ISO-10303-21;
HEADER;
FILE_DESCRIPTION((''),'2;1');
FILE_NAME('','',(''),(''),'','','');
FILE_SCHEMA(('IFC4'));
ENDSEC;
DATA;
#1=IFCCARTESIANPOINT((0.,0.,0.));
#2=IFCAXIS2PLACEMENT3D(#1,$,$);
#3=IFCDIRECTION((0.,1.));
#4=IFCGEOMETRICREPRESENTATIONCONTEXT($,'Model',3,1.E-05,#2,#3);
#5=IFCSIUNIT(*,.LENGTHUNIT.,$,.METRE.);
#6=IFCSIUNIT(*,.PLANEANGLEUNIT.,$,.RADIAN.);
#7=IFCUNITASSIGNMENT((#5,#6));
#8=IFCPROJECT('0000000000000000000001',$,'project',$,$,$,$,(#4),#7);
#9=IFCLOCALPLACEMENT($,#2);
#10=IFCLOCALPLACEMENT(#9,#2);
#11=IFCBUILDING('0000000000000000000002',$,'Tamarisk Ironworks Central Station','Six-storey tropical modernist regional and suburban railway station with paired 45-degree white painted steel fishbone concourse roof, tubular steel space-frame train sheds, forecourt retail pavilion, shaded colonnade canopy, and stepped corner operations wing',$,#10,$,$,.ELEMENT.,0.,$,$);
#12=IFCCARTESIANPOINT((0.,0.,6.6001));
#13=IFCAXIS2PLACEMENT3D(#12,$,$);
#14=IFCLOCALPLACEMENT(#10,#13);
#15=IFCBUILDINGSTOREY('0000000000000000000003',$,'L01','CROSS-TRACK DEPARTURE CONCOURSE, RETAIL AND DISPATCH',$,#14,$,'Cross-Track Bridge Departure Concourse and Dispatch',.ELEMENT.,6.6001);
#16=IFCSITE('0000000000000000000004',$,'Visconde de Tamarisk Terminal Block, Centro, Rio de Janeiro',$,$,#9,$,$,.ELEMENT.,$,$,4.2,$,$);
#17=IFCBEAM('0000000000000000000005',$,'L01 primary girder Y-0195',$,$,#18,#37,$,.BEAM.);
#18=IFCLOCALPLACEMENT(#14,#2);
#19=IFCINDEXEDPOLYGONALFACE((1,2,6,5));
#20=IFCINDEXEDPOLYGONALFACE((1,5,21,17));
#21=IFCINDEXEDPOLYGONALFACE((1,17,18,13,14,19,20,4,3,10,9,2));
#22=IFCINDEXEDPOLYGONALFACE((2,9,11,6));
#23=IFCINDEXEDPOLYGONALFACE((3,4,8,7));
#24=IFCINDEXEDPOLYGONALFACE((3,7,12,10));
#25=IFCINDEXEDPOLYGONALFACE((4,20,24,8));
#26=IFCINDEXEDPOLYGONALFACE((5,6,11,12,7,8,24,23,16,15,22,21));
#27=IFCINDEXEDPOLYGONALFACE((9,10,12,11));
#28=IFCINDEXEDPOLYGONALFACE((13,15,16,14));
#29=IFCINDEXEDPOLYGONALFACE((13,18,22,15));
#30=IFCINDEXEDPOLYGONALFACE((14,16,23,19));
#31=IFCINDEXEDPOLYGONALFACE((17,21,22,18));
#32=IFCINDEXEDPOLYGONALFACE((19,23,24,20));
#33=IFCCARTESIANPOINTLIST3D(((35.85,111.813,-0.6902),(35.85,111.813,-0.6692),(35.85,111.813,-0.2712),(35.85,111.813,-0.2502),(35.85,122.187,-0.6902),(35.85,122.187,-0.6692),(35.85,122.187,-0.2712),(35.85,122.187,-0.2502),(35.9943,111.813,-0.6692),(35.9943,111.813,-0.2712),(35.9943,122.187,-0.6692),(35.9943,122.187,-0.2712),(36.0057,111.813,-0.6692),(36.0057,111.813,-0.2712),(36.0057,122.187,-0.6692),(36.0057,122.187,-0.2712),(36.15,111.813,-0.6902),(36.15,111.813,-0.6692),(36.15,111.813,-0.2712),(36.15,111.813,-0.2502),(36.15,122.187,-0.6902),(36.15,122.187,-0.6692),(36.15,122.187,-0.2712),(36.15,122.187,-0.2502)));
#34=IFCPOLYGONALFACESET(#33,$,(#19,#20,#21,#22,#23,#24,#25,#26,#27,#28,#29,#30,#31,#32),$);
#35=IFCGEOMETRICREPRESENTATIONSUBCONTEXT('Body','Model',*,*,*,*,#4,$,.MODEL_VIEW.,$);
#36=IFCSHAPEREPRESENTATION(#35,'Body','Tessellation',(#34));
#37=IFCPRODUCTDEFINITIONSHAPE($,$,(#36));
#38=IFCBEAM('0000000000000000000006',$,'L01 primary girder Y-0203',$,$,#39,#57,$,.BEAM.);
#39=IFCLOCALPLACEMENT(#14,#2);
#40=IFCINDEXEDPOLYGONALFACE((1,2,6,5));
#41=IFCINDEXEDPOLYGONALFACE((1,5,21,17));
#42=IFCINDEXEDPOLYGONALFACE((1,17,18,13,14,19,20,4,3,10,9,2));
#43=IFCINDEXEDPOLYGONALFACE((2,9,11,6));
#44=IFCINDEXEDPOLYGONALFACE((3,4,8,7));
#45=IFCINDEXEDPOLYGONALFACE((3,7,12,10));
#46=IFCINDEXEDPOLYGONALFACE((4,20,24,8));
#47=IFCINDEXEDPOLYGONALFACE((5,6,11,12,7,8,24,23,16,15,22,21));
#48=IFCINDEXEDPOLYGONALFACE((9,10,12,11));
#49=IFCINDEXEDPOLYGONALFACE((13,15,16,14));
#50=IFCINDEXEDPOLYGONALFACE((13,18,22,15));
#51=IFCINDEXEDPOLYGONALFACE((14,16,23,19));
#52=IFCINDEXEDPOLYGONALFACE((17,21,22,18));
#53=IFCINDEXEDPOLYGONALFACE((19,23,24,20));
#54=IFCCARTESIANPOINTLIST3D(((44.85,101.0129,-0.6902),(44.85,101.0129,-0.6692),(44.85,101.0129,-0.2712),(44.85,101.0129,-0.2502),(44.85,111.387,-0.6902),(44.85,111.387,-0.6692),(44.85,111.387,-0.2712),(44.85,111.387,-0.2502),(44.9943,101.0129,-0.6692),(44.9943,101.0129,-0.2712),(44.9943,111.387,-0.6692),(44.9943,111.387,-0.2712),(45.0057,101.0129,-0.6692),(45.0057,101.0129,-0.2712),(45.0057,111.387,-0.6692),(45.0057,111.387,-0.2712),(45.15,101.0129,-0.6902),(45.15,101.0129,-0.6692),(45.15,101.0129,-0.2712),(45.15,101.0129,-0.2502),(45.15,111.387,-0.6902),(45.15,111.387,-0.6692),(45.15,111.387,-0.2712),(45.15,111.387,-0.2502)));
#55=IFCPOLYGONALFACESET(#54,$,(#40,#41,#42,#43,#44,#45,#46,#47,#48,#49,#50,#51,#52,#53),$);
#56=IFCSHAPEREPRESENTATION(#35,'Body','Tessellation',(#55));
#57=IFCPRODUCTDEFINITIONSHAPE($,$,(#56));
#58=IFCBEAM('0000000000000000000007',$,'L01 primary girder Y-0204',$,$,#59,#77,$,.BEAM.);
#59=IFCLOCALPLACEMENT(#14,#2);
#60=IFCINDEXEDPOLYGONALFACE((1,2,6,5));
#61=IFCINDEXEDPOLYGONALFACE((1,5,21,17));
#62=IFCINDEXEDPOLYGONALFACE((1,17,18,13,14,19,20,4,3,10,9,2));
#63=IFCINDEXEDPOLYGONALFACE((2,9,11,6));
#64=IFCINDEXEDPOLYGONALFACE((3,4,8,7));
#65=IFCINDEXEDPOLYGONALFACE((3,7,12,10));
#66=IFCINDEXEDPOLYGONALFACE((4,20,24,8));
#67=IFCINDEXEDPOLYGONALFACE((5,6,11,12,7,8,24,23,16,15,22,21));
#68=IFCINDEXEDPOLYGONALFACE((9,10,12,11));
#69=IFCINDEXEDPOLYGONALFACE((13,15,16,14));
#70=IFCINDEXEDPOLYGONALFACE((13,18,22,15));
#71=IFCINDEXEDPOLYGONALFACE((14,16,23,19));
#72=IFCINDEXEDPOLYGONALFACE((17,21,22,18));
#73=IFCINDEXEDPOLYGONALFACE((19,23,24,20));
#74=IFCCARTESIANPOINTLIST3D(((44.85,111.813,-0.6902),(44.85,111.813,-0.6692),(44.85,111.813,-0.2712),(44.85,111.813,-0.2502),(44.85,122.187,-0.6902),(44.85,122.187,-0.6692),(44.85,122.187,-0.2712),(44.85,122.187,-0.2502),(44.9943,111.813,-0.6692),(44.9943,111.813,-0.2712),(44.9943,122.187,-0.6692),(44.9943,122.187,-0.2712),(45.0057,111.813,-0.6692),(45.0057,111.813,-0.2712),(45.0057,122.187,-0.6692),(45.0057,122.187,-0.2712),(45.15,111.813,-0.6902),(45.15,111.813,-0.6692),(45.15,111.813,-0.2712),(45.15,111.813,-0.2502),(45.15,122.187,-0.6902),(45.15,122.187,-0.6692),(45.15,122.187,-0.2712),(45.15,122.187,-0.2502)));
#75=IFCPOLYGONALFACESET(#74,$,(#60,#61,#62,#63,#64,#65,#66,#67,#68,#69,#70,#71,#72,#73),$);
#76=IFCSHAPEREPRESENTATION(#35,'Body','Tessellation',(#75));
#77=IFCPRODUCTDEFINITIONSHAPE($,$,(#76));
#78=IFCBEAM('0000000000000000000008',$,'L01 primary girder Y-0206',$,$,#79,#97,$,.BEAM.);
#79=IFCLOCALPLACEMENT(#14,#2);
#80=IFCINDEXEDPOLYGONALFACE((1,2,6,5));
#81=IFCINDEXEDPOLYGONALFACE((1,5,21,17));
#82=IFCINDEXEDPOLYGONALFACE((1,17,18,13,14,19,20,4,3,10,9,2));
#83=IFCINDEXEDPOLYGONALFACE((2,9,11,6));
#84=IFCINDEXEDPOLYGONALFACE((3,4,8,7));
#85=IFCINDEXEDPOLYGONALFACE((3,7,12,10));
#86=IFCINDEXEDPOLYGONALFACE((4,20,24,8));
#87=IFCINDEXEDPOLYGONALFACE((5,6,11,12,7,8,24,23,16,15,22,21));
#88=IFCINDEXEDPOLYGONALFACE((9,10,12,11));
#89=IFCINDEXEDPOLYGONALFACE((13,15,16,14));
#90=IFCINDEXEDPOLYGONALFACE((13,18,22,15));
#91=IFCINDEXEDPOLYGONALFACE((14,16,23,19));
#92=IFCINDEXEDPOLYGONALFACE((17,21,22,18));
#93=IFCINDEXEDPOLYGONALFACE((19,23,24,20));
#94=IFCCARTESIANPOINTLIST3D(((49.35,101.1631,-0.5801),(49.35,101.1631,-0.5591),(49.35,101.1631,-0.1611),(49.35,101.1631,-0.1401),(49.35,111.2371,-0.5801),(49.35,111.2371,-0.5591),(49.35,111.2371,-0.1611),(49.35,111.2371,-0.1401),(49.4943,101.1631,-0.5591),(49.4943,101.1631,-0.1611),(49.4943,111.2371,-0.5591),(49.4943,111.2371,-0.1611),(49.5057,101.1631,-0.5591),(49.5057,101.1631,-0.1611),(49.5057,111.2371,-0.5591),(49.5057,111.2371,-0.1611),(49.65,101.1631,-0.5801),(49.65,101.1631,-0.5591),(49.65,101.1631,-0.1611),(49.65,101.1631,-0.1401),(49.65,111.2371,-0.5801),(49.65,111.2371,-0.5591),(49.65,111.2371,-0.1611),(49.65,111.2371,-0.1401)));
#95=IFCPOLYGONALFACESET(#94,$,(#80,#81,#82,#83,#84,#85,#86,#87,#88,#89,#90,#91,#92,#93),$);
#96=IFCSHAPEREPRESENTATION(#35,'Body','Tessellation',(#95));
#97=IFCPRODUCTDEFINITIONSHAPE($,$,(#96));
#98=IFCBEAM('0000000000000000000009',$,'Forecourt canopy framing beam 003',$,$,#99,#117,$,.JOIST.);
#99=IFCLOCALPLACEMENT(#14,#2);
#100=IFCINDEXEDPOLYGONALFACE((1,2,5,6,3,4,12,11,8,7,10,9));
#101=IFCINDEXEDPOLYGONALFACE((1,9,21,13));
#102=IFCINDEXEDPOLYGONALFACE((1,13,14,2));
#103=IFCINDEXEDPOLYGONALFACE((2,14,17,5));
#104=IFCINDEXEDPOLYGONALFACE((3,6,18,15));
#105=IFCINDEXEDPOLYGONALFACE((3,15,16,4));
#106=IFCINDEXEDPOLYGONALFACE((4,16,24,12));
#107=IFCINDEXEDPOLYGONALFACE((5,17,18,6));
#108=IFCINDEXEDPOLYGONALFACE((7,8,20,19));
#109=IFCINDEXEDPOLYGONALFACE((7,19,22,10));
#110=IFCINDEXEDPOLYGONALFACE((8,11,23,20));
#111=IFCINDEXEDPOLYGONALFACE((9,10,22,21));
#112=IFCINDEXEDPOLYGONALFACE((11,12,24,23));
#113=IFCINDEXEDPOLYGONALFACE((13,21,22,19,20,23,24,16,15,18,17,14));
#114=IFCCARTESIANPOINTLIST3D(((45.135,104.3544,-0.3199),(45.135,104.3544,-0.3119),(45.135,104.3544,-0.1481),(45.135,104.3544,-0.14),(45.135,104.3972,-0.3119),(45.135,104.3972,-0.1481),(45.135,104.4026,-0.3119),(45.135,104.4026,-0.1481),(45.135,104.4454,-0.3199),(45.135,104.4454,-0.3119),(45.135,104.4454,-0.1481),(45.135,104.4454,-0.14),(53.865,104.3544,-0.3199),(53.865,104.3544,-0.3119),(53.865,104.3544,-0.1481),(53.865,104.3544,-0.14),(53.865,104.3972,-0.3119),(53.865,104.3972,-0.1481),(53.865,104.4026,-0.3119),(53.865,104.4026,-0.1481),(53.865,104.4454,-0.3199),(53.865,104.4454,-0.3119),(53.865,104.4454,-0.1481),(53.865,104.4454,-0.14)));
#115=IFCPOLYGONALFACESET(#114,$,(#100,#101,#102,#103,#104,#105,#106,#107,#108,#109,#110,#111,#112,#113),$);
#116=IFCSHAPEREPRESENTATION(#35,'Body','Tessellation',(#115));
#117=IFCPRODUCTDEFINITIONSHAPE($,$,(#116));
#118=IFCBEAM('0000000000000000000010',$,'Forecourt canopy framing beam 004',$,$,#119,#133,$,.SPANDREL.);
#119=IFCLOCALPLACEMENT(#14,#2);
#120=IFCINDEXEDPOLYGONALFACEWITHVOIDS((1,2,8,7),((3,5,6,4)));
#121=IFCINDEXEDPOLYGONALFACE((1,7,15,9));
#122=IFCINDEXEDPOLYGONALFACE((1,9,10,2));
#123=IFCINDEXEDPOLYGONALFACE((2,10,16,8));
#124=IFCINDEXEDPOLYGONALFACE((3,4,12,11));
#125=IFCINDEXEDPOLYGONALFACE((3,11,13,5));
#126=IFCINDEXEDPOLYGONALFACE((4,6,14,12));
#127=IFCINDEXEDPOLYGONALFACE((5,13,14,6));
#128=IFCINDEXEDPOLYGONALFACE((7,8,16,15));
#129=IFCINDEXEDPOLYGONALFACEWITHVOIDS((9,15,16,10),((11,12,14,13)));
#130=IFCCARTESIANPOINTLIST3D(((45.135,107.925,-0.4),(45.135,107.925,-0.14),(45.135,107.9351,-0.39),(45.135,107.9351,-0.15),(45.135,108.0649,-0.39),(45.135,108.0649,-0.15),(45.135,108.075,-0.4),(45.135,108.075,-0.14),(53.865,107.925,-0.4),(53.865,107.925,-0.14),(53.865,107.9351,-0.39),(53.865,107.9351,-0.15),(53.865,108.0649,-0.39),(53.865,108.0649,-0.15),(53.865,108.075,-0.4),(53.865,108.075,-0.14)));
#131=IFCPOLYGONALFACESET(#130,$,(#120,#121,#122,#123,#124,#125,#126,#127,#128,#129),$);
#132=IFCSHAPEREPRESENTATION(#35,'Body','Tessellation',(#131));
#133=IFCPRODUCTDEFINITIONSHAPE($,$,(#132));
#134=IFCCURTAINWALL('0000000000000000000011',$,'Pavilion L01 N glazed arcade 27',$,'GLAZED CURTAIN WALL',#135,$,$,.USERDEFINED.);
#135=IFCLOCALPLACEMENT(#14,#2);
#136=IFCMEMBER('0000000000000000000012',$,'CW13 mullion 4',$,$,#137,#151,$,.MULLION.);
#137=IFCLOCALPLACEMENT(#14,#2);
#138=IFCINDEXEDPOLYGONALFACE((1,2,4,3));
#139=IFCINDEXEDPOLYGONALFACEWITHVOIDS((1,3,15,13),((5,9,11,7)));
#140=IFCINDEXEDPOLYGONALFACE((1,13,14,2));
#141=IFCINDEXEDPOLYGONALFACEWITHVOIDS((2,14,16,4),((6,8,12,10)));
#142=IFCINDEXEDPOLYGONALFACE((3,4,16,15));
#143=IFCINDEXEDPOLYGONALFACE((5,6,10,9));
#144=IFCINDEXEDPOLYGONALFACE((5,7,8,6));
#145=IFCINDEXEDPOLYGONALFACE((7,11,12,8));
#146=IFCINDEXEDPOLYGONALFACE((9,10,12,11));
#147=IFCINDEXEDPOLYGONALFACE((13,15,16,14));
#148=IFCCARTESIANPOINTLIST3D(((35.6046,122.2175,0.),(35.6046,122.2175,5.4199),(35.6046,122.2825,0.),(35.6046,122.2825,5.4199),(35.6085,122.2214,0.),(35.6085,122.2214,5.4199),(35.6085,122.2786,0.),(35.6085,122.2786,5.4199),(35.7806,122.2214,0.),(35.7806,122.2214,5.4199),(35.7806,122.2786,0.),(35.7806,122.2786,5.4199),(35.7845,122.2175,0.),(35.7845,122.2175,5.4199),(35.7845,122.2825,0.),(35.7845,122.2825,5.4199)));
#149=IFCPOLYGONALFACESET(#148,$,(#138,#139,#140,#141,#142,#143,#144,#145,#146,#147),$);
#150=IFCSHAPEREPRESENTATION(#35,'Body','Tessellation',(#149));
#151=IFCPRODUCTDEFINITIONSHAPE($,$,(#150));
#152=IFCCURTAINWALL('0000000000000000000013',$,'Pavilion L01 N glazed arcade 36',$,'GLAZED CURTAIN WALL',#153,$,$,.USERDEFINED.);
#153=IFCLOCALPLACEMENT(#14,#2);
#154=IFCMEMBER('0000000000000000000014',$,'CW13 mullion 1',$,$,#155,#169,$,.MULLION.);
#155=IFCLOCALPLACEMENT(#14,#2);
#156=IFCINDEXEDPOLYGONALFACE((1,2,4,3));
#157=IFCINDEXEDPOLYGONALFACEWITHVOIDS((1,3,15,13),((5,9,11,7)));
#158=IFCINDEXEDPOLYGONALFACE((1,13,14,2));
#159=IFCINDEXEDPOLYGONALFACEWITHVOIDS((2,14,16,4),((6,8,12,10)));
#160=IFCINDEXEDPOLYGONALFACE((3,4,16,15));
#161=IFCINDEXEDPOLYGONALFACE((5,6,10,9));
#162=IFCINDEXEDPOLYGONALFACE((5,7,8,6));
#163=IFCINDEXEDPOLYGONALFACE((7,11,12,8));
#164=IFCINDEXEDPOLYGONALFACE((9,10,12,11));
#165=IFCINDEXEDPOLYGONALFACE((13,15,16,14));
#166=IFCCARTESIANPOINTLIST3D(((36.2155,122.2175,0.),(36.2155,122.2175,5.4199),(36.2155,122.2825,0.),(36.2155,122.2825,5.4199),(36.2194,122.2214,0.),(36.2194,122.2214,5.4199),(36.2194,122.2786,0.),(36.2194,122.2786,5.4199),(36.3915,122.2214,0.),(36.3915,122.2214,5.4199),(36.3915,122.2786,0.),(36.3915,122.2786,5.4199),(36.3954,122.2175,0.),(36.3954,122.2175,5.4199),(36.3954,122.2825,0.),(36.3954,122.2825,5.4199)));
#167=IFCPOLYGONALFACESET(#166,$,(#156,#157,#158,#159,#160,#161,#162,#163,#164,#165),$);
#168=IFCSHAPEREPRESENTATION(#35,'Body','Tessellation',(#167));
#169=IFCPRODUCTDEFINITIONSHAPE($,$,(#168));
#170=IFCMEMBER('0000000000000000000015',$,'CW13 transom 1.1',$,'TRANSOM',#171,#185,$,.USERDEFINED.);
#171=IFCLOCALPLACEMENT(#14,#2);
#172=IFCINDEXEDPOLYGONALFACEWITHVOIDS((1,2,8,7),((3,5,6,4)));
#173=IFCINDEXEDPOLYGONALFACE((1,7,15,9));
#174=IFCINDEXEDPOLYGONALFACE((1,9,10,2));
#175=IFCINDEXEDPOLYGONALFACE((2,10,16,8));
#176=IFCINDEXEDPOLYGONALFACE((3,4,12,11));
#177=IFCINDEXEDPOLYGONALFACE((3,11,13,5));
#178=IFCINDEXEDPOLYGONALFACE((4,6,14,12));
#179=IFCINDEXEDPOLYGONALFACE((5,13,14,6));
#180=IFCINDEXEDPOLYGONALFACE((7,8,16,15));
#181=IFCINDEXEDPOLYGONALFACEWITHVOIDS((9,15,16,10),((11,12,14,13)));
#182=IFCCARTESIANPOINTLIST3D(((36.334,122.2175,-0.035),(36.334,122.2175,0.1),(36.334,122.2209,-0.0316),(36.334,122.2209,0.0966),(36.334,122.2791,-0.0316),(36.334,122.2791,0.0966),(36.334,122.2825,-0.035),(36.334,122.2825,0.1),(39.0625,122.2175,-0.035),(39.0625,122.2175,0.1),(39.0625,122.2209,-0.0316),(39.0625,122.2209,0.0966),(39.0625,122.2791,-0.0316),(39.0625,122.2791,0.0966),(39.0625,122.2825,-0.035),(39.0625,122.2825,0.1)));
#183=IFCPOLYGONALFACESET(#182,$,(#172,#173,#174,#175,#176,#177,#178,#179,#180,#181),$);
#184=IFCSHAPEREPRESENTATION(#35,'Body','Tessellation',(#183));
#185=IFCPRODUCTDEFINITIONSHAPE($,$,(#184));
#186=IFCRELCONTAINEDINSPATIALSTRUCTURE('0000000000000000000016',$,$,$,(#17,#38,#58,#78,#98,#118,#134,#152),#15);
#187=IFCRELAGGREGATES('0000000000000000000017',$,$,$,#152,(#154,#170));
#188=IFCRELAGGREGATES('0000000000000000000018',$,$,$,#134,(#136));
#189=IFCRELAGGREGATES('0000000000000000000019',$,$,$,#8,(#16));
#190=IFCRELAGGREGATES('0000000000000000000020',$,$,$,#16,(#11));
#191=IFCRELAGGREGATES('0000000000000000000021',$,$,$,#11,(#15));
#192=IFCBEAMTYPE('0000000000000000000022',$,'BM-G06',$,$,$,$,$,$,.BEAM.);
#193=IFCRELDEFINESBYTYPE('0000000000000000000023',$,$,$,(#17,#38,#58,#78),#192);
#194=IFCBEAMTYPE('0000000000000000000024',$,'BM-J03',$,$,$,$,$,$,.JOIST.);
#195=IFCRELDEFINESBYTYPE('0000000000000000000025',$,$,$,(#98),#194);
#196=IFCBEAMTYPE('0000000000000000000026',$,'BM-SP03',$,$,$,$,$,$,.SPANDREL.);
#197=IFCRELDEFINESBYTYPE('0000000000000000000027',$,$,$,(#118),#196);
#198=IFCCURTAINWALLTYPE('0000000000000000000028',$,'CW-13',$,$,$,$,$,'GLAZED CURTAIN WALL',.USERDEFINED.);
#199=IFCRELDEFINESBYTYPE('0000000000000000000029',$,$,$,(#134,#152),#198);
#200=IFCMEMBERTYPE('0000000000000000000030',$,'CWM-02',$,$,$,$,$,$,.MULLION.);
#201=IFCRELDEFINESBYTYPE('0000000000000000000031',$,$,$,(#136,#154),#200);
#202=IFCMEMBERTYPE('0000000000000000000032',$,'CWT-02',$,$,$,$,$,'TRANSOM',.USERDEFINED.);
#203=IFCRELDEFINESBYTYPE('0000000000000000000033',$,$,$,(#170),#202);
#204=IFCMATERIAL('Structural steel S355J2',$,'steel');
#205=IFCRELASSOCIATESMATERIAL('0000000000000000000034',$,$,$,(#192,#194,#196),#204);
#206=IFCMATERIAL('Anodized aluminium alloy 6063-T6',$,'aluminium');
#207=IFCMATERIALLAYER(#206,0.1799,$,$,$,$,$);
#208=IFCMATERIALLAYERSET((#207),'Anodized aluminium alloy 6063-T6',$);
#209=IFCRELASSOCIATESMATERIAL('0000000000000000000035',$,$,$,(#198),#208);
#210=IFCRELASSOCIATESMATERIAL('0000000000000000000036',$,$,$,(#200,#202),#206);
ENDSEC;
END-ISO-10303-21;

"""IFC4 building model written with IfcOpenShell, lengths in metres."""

from ifc_helpers import new_model, si_unit, direction, frame, origin, origin_2d, place, context, subcontext, project, spatial, hollow_rectangle, i_section, extrude, material, layer, layer_set, material_profile, profile_set, type_object, element, aggregate, save


model = new_model("IFC4")

# Units and contexts
model_context = context("Model", 3, precision=1e-05, world=origin(), true_north=direction((0.0, 1.0)))
body_context = subcontext(model_context, "Body", "Model", "MODEL_VIEW")
ifc_project = project(units=[si_unit("LENGTHUNIT", "METRE"), si_unit("PLANEANGLEUNIT", "RADIAN")], contexts=[model_context])

# Site, building, storey
site_placement = place(None, origin())
site = spatial("IfcSite", under=ifc_project, at=site_placement, Name="Visconde de Tamarisk Terminal Block, Centro, Rio de Janeiro", CompositionType="ELEMENT", RefElevation=4.2)
building_placement = place(site_placement, origin())
building = spatial("IfcBuilding", under=site, at=building_placement, Name="Tamarisk Ironworks Central Station", Description="Six-storey tropical modernist regional and suburban railway station with paired 45-degree white painted steel fishbone concourse roof, tubular steel space-frame train sheds, forecourt retail pavilion, shaded colonnade canopy, and stepped corner operations wing", CompositionType="ELEMENT", ElevationOfRefHeight=0.0)
storey_placement = place(building_placement, frame((0.0, 0.0, 6.6001)))
storey = spatial("IfcBuildingStorey", under=building, at=storey_placement, Name="L01", Description="CROSS-TRACK DEPARTURE CONCOURSE, RETAIL AND DISPATCH", LongName="Cross-Track Bridge Departure Concourse and Dispatch", CompositionType="ELEMENT", Elevation=6.6001)

# Shared definitions
ifc_material_1 = material(Name="Structural steel S355J2", Category="steel")

# Beams
ifc_material_profile_1 = material_profile(ifc_material_1, i_section(OverallWidth=0.3, OverallDepth=0.4399, WebThickness=0.0115, FlangeThickness=0.021, at=origin_2d()), Name="HEA 450")
ifc_profile_set_1 = profile_set([ifc_material_profile_1], Name="Structural steel S355J2")
beam_type_1 = type_object("IfcBeamType", Name="BM-G06", PredefinedType="BEAM", material=ifc_profile_set_1)
for number, where, z_axis, x_axis, name in (
    (1, (36.0, 111.813, -0.4702), (0.0, 1.0, 0.0), (-1.0, 0.0, 0.0), "L01 primary girder Y-0195"),
    (2, (45.0, 101.0129, -0.4702), (0.0, 1.0, 0.0), (-1.0, 0.0, 0.0), "L01 primary girder Y-0203"),
    (3, (45.0, 111.813, -0.4702), (0.0, 1.0, 0.0), (-1.0, 0.0, 0.0), "L01 primary girder Y-0204"),
):
    element("IfcBeam", number, at=place(storey_placement, frame(where, z_axis=z_axis, x_axis=x_axis)), inside=storey, type_object=beam_type_1, Name=name, PredefinedType="BEAM", context=body_context, shape_type="SweptSolid", body=[
        extrude(i_section(OverallWidth=0.3, OverallDepth=0.4399, WebThickness=0.0115, FlangeThickness=0.021, at=origin_2d()), origin(), (0.0, 0.0, 1.0), 10.374),
    ])
beam_1_placement = place(storey_placement, frame((49.5, 101.1631, -0.3601), z_axis=(0.0, 1.0, 0.0), x_axis=(-1.0, 0.0, 0.0)))
element("IfcBeam", 4, at=beam_1_placement, inside=storey, type_object=beam_type_1, Name="L01 primary girder Y-0206", PredefinedType="BEAM", context=body_context, shape_type="SweptSolid", body=[
    extrude(i_section(OverallWidth=0.3, OverallDepth=0.4399, WebThickness=0.0115, FlangeThickness=0.021, at=origin_2d()), origin(), (0.0, 0.0, 1.0), 10.074),
])
ifc_material_profile_2 = material_profile(ifc_material_1, i_section(OverallWidth=0.0911, OverallDepth=0.1799, WebThickness=0.0054, FlangeThickness=0.0081, at=origin_2d()), Name="IPE 180")
ifc_profile_set_2 = profile_set([ifc_material_profile_2], Name="Structural steel S355J2")
beam_type_2 = type_object("IfcBeamType", Name="BM-J03", PredefinedType="JOIST", material=ifc_profile_set_2)
beam_2_placement = place(storey_placement, frame((45.135, 104.3999, -0.23), z_axis=(1.0, 0.0, 0.0), x_axis=(0.0, 1.0, 0.0)))
element("IfcBeam", 5, at=beam_2_placement, inside=storey, type_object=beam_type_2, Name="Forecourt canopy framing beam 003", PredefinedType="JOIST", context=body_context, shape_type="SweptSolid", body=[
    extrude(i_section(OverallWidth=0.0911, OverallDepth=0.1799, WebThickness=0.0054, FlangeThickness=0.0081, at=origin_2d()), origin(), (0.0, 0.0, 1.0), 8.73),
])
ifc_material_profile_3 = material_profile(ifc_material_1, hollow_rectangle(XDim=0.1499, YDim=0.26, WallThickness=0.01, at=origin_2d()), Name="RHS 260x150x10")
ifc_profile_set_3 = profile_set([ifc_material_profile_3], Name="Structural steel S355J2")
beam_type_3 = type_object("IfcBeamType", Name="BM-SP03", PredefinedType="SPANDREL", material=ifc_profile_set_3)
beam_3_placement = place(storey_placement, frame((45.135, 108.0, -0.27), z_axis=(1.0, 0.0, 0.0), x_axis=(0.0, 1.0, 0.0)))
element("IfcBeam", 6, at=beam_3_placement, inside=storey, type_object=beam_type_3, Name="Forecourt canopy framing beam 004", PredefinedType="SPANDREL", context=body_context, shape_type="SweptSolid", body=[
    extrude(hollow_rectangle(XDim=0.1499, YDim=0.26, WallThickness=0.01, at=origin_2d()), origin(), (0.0, 0.0, 1.0), 8.73),
])

# Curtain wall, member
ifc_material_2 = material(Name="Anodized aluminium alloy 6063-T6", Category="aluminium")
ifc_layer_1 = layer(ifc_material_2, 0.1799)
ifc_layer_set_1 = layer_set([ifc_layer_1], Name="Anodized aluminium alloy 6063-T6")
curtain_wall_type = type_object("IfcCurtainWallType", Name="CW-13", ElementType="GLAZED CURTAIN WALL", PredefinedType="USERDEFINED", material=ifc_layer_set_1)
curtain_wall_1_placement = place(storey_placement, origin())
curtain_wall_1 = element("IfcCurtainWall", 7, at=curtain_wall_1_placement, inside=storey, type_object=curtain_wall_type, Name="Pavilion L01 N glazed arcade 27", ObjectType="GLAZED CURTAIN WALL", PredefinedType="USERDEFINED")
ifc_material_profile_4 = material_profile(ifc_material_2, hollow_rectangle(XDim=0.0649, YDim=0.1799, WallThickness=0.0039, at=origin_2d()), Name="ALUM 180x65")
ifc_profile_set_4 = profile_set([ifc_material_profile_4], Name="Anodized aluminium alloy 6063-T6")
member_type_1 = type_object("IfcMemberType", Name="CWM-02", PredefinedType="MULLION", material=ifc_profile_set_4)
member_1_placement = place(storey_placement, frame((35.6946, 122.25, 0.0), z_axis=(0.0, 0.0, 1.0), x_axis=(0.0, 1.0, 0.0)))
member_1 = element("IfcMember", 8, at=member_1_placement, type_object=member_type_1, Name="CW13 mullion 4", PredefinedType="MULLION", context=body_context, shape_type="SweptSolid", body=[
    extrude(hollow_rectangle(XDim=0.0649, YDim=0.1799, WallThickness=0.0039, at=origin_2d()), origin(), (0.0, 0.0, 1.0), 5.4199),
])

# Curtain wall, members
curtain_wall_2_placement = place(storey_placement, origin())
curtain_wall_2 = element("IfcCurtainWall", 9, at=curtain_wall_2_placement, inside=storey, type_object=curtain_wall_type, Name="Pavilion L01 N glazed arcade 36", ObjectType="GLAZED CURTAIN WALL", PredefinedType="USERDEFINED")
member_2_placement = place(storey_placement, frame((36.3054, 122.25, 0.0), z_axis=(0.0, 0.0, 1.0), x_axis=(0.0, 1.0, 0.0)))
member_2 = element("IfcMember", 10, at=member_2_placement, type_object=member_type_1, Name="CW13 mullion 1", PredefinedType="MULLION", context=body_context, shape_type="SweptSolid", body=[
    extrude(hollow_rectangle(XDim=0.0649, YDim=0.1799, WallThickness=0.0039, at=origin_2d()), origin(), (0.0, 0.0, 1.0), 5.4199),
])
ifc_material_profile_5 = material_profile(ifc_material_2, hollow_rectangle(XDim=0.0649, YDim=0.135, WallThickness=0.0034, at=origin_2d()), Name="ALUM 135x65")
ifc_profile_set_5 = profile_set([ifc_material_profile_5], Name="Anodized aluminium alloy 6063-T6")
member_type_2 = type_object("IfcMemberType", Name="CWT-02", ElementType="TRANSOM", PredefinedType="USERDEFINED", material=ifc_profile_set_5)
member_3_placement = place(storey_placement, frame((36.334, 122.25, 0.0325), z_axis=(1.0, 0.0, 0.0), x_axis=(0.0, 1.0, 0.0)))
member_3 = element("IfcMember", 11, at=member_3_placement, type_object=member_type_2, Name="CW13 transom 1.1", ObjectType="TRANSOM", PredefinedType="USERDEFINED", context=body_context, shape_type="SweptSolid", body=[
    extrude(hollow_rectangle(XDim=0.0649, YDim=0.135, WallThickness=0.0034, at=origin_2d()), origin(), (0.0, 0.0, 1.0), 2.7285),
])
aggregate(curtain_wall_2, [member_2, member_3])

aggregate(curtain_wall_1, [member_1])

save(model, "model.ifc")
